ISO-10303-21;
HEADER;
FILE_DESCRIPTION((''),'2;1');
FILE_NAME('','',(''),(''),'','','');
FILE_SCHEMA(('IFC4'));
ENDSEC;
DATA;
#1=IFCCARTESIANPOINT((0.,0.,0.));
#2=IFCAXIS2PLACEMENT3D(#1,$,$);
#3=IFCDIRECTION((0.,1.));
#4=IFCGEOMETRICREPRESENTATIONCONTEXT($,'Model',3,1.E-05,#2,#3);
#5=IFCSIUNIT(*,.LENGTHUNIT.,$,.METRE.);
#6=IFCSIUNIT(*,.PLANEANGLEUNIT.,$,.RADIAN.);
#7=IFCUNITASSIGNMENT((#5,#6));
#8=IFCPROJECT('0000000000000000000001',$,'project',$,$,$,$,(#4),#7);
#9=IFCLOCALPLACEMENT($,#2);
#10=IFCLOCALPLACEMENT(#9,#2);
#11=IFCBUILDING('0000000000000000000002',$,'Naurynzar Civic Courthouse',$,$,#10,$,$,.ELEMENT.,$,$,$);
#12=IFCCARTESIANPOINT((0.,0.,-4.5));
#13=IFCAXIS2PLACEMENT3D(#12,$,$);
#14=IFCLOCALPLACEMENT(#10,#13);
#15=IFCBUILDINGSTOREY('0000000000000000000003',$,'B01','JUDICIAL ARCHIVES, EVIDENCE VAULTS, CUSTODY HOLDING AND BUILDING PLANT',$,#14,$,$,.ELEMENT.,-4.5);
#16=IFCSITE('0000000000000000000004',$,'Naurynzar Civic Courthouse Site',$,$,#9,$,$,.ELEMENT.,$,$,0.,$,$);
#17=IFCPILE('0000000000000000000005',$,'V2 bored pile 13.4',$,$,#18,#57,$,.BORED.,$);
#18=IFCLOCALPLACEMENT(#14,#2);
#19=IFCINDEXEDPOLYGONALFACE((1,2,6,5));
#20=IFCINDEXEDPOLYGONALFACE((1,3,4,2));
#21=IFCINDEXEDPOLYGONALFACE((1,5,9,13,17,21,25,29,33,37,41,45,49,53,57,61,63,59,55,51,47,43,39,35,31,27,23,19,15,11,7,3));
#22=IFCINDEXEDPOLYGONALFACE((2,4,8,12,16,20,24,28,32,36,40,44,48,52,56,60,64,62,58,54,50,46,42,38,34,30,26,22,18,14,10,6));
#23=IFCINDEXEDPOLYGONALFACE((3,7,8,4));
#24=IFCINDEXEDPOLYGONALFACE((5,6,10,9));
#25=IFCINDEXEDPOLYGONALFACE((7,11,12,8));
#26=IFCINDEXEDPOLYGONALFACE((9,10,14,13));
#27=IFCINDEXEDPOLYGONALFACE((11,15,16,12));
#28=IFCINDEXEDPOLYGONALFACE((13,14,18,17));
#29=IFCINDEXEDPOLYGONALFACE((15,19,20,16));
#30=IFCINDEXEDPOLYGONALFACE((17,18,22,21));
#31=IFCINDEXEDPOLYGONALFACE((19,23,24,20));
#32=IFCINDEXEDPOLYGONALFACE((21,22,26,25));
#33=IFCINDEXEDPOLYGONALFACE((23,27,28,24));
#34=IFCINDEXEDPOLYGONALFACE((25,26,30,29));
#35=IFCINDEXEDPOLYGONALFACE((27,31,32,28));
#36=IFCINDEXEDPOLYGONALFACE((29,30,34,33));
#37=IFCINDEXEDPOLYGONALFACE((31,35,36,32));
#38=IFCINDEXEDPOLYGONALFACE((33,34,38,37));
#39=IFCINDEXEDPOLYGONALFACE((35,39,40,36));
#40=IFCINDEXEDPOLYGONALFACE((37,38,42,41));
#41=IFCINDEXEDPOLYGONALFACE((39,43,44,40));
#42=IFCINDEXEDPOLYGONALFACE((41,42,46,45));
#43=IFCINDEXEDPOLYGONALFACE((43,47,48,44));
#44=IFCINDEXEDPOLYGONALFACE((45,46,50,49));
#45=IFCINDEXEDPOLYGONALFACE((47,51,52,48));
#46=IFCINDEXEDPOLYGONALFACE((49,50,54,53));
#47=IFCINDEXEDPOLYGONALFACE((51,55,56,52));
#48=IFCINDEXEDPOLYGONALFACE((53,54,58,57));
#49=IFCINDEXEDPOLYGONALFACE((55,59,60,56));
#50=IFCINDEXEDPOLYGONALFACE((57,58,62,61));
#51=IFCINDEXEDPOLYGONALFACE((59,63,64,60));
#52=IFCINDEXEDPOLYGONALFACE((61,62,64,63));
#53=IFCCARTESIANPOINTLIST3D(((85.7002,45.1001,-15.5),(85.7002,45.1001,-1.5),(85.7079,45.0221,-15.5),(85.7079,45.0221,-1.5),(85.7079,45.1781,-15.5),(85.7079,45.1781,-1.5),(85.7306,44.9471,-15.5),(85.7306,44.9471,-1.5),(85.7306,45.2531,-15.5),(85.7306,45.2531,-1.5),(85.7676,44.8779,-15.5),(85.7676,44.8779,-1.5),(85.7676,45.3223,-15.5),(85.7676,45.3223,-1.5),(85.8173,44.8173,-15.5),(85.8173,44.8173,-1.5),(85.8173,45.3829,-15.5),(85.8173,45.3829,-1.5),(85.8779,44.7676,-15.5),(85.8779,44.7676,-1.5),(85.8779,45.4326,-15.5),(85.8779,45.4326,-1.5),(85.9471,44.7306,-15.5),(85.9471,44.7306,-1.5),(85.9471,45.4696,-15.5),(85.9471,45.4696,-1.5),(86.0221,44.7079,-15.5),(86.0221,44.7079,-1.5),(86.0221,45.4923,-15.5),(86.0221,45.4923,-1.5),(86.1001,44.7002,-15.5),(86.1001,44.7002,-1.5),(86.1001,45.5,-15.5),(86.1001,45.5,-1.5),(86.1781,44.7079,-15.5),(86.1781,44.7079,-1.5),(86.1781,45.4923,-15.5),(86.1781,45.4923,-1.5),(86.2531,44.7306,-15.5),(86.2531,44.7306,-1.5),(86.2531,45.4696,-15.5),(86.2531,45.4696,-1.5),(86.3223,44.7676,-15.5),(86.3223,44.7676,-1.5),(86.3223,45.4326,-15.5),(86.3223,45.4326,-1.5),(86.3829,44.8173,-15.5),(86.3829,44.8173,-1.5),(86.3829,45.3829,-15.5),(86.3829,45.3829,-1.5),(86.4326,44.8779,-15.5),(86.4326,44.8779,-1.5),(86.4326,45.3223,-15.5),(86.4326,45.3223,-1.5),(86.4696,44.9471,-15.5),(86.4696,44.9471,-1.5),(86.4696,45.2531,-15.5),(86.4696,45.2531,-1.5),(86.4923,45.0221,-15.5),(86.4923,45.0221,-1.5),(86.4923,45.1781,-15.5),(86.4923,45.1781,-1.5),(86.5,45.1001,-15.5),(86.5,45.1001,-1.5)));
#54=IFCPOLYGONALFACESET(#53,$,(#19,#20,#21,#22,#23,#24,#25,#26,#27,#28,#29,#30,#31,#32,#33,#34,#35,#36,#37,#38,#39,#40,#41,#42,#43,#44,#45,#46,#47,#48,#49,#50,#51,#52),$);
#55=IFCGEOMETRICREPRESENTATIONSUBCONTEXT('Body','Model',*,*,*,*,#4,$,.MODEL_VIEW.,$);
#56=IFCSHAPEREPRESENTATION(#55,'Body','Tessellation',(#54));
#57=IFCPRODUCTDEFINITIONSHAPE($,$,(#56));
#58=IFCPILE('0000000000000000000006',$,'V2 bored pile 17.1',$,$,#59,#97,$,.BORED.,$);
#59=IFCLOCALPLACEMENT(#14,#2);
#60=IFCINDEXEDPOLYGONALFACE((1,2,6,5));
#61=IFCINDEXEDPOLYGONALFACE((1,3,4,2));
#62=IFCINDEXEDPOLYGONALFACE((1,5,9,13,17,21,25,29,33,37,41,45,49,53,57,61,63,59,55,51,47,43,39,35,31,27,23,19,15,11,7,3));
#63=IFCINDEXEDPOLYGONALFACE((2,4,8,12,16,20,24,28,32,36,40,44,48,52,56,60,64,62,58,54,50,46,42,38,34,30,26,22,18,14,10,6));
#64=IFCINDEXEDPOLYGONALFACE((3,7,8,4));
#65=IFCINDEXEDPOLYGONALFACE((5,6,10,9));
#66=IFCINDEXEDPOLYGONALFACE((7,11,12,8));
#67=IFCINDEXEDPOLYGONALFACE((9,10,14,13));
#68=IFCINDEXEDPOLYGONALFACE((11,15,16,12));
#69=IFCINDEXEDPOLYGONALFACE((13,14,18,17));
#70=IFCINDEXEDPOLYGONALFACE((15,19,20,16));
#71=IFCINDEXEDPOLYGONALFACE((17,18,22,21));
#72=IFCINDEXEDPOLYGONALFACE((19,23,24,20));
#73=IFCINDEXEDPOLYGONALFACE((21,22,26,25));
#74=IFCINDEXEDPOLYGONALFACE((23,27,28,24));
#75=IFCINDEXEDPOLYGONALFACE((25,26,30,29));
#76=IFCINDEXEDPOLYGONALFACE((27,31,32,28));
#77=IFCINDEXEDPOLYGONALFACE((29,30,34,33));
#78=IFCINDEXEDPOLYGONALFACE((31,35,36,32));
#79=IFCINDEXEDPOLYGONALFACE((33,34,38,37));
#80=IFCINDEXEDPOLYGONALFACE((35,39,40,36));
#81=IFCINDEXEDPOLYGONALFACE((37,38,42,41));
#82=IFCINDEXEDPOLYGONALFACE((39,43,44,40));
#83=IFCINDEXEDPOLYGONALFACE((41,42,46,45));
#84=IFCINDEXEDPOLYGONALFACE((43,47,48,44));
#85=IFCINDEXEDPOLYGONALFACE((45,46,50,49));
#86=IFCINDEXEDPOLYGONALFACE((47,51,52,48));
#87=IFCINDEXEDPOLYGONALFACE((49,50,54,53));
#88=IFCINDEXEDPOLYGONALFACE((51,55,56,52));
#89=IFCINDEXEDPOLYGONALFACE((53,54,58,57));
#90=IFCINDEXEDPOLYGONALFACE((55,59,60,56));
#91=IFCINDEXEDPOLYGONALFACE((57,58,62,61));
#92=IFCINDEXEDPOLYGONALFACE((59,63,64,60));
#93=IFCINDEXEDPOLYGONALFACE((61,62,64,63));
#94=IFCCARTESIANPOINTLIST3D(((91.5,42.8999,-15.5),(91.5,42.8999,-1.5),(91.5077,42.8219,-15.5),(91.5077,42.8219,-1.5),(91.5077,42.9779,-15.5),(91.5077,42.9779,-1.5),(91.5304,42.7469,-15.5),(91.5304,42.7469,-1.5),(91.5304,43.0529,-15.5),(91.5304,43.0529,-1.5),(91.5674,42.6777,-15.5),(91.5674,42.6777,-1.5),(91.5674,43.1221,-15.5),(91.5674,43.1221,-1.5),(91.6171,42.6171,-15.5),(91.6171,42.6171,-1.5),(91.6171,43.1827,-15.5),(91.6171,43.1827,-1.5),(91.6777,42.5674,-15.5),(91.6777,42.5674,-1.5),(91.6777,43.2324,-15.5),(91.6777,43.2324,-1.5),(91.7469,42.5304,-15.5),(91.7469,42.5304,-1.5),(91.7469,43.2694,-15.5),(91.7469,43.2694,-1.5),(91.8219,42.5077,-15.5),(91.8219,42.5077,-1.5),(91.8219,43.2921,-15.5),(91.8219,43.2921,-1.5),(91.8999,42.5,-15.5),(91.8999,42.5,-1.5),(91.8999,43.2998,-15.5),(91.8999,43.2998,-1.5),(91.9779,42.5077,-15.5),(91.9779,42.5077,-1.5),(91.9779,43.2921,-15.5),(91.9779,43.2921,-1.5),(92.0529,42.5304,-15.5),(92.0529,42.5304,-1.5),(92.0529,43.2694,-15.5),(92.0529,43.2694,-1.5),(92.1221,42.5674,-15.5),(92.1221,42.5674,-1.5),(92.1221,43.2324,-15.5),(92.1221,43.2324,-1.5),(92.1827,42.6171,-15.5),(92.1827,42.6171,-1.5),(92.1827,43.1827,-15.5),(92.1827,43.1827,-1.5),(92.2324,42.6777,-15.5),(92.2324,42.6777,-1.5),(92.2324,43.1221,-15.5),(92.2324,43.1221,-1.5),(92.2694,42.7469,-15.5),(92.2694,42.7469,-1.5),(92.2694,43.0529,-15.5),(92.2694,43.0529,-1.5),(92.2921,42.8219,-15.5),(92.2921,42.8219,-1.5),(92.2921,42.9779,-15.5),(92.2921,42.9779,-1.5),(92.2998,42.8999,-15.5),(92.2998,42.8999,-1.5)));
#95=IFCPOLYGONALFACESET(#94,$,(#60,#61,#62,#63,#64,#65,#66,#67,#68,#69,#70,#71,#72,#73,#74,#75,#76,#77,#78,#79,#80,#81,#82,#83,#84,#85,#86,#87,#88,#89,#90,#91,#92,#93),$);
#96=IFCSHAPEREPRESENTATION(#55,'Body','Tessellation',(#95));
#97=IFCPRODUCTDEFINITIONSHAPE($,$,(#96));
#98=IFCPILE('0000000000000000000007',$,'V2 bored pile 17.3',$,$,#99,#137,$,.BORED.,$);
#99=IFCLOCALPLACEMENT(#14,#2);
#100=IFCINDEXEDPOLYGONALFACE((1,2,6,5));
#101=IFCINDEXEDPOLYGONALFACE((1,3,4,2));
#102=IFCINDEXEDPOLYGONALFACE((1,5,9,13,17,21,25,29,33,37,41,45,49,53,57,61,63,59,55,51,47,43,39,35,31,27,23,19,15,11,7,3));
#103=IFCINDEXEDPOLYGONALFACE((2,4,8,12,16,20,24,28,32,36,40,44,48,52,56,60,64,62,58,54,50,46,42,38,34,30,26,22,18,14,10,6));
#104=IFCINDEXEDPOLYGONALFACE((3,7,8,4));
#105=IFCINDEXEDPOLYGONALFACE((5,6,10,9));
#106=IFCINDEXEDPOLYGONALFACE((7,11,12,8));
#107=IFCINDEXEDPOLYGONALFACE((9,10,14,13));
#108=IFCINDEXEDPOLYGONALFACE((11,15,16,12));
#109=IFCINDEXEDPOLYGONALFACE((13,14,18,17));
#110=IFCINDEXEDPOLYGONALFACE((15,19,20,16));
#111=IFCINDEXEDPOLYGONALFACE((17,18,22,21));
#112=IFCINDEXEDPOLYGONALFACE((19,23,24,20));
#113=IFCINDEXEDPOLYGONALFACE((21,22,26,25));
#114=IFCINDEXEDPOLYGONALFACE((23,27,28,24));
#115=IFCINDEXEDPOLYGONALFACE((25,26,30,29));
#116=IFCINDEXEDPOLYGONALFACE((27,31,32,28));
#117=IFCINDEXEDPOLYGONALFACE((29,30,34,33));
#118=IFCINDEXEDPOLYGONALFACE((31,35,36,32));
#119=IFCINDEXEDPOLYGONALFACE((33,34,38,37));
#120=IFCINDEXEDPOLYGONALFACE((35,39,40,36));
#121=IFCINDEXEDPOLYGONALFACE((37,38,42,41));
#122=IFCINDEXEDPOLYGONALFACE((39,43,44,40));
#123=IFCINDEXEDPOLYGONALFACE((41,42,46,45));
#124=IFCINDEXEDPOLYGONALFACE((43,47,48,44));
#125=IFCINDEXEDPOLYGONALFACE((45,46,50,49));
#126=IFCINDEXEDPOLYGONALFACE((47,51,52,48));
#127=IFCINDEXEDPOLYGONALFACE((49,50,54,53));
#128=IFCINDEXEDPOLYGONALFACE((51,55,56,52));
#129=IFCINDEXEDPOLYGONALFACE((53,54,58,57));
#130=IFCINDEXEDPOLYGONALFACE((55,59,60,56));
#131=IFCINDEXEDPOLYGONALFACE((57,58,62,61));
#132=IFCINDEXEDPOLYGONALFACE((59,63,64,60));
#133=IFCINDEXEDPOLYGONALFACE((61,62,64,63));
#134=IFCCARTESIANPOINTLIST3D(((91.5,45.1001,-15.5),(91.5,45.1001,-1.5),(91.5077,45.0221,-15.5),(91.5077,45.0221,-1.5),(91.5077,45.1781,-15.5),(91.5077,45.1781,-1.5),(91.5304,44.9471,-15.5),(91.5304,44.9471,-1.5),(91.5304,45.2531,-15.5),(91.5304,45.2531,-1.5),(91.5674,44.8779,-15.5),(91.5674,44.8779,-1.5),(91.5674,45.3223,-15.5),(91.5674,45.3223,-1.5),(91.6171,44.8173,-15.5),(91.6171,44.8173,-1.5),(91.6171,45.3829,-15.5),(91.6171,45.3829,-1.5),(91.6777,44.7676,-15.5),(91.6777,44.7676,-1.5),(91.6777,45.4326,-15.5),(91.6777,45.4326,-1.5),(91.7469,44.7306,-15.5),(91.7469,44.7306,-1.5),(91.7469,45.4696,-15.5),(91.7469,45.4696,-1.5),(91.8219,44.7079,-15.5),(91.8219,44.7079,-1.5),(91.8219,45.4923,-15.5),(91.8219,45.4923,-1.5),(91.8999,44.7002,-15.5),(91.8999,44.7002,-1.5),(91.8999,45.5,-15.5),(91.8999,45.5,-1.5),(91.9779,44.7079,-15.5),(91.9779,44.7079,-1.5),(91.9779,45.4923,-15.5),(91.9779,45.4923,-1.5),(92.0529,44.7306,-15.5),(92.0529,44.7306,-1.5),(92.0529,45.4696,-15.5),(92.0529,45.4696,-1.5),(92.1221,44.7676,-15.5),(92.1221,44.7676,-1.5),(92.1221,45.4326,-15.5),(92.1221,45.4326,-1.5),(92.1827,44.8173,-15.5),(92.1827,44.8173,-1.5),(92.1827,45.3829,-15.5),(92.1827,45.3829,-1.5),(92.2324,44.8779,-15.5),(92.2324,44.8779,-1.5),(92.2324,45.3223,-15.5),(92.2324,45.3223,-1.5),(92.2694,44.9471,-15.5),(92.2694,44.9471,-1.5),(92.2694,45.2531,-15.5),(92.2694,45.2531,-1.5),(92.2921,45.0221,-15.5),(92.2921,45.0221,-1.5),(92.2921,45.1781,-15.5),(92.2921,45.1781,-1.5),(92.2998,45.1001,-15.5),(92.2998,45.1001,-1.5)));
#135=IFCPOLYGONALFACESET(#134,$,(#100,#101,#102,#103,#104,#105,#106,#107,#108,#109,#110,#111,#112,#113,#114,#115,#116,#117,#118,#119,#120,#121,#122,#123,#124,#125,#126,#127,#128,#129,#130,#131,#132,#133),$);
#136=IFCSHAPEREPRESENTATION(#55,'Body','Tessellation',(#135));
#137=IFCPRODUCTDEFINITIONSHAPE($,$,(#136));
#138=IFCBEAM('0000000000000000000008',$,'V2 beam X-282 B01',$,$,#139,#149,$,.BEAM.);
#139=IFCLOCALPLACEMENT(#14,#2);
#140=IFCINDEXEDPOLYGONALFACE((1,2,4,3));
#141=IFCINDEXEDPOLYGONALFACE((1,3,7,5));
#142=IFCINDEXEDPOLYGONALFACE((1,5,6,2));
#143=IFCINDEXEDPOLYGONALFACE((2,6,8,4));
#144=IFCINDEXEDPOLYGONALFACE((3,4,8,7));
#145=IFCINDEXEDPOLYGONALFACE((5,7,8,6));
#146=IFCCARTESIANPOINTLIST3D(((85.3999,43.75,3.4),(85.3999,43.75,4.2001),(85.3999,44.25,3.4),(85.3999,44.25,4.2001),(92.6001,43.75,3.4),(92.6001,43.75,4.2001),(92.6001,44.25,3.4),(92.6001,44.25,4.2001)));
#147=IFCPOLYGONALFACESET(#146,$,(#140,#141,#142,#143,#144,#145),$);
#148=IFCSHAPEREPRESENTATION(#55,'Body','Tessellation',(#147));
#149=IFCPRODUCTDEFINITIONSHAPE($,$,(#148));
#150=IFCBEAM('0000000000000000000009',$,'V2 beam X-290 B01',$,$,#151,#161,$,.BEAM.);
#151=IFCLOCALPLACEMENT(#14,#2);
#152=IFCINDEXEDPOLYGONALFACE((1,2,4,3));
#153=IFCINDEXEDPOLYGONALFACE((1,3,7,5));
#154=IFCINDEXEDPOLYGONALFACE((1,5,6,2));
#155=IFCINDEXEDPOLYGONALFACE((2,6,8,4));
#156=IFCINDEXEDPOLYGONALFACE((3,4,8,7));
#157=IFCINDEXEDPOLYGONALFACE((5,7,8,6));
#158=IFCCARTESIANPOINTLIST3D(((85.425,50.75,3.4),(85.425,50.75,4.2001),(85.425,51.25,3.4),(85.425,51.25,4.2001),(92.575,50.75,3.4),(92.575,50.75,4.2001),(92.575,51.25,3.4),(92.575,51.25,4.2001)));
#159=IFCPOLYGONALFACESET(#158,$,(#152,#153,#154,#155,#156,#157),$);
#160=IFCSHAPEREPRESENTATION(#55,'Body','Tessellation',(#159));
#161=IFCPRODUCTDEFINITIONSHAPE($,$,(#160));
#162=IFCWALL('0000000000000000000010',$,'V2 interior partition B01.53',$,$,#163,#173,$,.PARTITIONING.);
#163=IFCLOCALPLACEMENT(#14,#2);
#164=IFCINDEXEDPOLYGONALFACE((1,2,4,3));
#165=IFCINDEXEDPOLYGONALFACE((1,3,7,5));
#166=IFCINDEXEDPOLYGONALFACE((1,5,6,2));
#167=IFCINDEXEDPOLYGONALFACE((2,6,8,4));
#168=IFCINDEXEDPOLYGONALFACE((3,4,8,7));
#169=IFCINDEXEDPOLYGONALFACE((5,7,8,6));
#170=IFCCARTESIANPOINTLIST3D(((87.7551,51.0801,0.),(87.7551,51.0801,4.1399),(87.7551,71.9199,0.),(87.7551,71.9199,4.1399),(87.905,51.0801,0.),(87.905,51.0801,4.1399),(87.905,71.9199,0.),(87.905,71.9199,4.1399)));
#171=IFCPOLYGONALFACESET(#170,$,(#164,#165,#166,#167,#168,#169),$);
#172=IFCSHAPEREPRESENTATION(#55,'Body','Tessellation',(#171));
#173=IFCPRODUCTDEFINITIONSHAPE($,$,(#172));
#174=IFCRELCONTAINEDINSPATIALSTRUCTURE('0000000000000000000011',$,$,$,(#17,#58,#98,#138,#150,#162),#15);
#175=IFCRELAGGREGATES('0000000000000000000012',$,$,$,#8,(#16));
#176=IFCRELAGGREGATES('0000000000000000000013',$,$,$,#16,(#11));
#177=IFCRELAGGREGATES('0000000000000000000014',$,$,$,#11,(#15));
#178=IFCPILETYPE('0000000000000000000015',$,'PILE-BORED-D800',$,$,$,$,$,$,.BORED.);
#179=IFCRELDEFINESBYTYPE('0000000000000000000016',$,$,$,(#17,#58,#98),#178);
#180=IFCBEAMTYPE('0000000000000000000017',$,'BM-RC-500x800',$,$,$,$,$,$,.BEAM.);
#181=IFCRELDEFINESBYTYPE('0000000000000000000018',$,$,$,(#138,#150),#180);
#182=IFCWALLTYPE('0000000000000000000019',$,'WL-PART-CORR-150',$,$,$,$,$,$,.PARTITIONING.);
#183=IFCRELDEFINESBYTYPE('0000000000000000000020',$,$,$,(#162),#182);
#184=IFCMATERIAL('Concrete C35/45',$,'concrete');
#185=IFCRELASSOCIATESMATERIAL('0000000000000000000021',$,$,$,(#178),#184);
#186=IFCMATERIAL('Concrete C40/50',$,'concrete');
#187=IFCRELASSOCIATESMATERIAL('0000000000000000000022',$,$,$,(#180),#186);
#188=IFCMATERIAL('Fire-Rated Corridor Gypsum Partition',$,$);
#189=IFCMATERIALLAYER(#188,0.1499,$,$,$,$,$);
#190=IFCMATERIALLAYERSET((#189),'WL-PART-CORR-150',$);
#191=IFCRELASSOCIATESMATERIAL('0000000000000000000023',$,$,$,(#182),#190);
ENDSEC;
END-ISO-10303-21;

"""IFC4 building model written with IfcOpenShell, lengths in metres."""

from ifc_helpers import new_model, si_unit, direction, frame, frame_2d, origin, origin_2d, place, context, subcontext, project, spatial, rectangle, circle, extrude, material, layer, layer_set, material_profile, profile_set, type_object, element, save


model = new_model("IFC4")

# Units and contexts
model_context = context("Model", 3, precision=1e-05, world=origin(), true_north=direction((0.0, 1.0)))
body_context = subcontext(model_context, "Body", "Model", "MODEL_VIEW")
ifc_project = project(units=[si_unit("LENGTHUNIT", "METRE"), si_unit("PLANEANGLEUNIT", "RADIAN")], contexts=[model_context])

# Site, building, storey
site_placement = place(None, origin())
site = spatial("IfcSite", under=ifc_project, at=site_placement, Name="Naurynzar Civic Courthouse Site", CompositionType="ELEMENT", RefElevation=0.0)
building_placement = place(site_placement, origin())
building = spatial("IfcBuilding", under=site, at=building_placement, Name="Naurynzar Civic Courthouse", CompositionType="ELEMENT")
storey_placement = place(building_placement, frame((0.0, 0.0, -4.5)))
storey = spatial("IfcBuildingStorey", under=building, at=storey_placement, Name="B01", Description="JUDICIAL ARCHIVES, EVIDENCE VAULTS, CUSTODY HOLDING AND BUILDING PLANT", CompositionType="ELEMENT", Elevation=-4.5)

# Piles
ifc_material_1 = material(Name="Concrete C35/45", Category="concrete")
ifc_material_profile_1 = material_profile(ifc_material_1, circle(Radius=0.3999, at=origin_2d()), Name="PILE D800")
ifc_profile_set_1 = profile_set([ifc_material_profile_1], Name="Concrete C35/45")
pile_type_1 = type_object("IfcPileType", Name="PILE-BORED-D800", PredefinedType="BORED", material=ifc_profile_set_1)
for number, where, z_axis, x_axis, name in (
    (1, (86.1001, 45.1001, -1.5), (0.0, 0.0, -1.0), (1.0, 0.0, 0.0), "V2 bored pile 13.4"),
    (2, (91.8999, 42.8999, -1.5), (0.0, 0.0, -1.0), (1.0, 0.0, 0.0), "V2 bored pile 17.1"),
    (3, (91.8999, 45.1001, -1.5), (0.0, 0.0, -1.0), (1.0, 0.0, 0.0), "V2 bored pile 17.3"),
):
    element("IfcPile", number, at=place(storey_placement, frame(where, z_axis=z_axis, x_axis=x_axis)), inside=storey, type_object=pile_type_1, Name=name, PredefinedType="BORED", context=body_context, shape_type="SweptSolid", body=[
        extrude(circle(Radius=0.3999, at=origin_2d()), origin(), (0.0, 0.0, 1.0), 14.0),
    ])

# Beams
ifc_material_2 = material(Name="Concrete C40/50", Category="concrete")
ifc_material_profile_2 = material_profile(ifc_material_2, rectangle(XDim=0.5, YDim=0.8, at=origin_2d()), Name="RCB 500x800")
ifc_profile_set_2 = profile_set([ifc_material_profile_2], Name="Concrete C40/50")
beam_type = type_object("IfcBeamType", Name="BM-RC-500x800", PredefinedType="BEAM", material=ifc_profile_set_2)
beam_1_placement = place(storey_placement, frame((85.3999, 44.0, 3.8), z_axis=(1.0, 0.0, 0.0), x_axis=(0.0, 1.0, 0.0)))
element("IfcBeam", 4, at=beam_1_placement, inside=storey, type_object=beam_type, Name="V2 beam X-282 B01", PredefinedType="BEAM", context=body_context, shape_type="SweptSolid", body=[
    extrude(rectangle(XDim=0.5, YDim=0.8, at=origin_2d()), origin(), (0.0, 0.0, 1.0), 7.2002),
])
beam_2_placement = place(storey_placement, frame((85.425, 51.0, 3.8), z_axis=(1.0, 0.0, 0.0), x_axis=(0.0, 1.0, 0.0)))
element("IfcBeam", 5, at=beam_2_placement, inside=storey, type_object=beam_type, Name="V2 beam X-290 B01", PredefinedType="BEAM", context=body_context, shape_type="SweptSolid", body=[
    extrude(rectangle(XDim=0.5, YDim=0.8, at=origin_2d()), origin(), (0.0, 0.0, 1.0), 7.1499),
])

# Wall
ifc_material_3 = material(Name="Fire-Rated Corridor Gypsum Partition")
ifc_layer_1 = layer(ifc_material_3, 0.1499)
ifc_layer_set_1 = layer_set([ifc_layer_1], Name="WL-PART-CORR-150")
wall_type_1 = type_object("IfcWallType", Name="WL-PART-CORR-150", PredefinedType="PARTITIONING", material=ifc_layer_set_1)
wall_1_placement = place(storey_placement, frame((87.8301, 51.0801, 0.0), z_axis=(0.0, 0.0, 1.0), x_axis=(0.0, 1.0, 0.0)))
element("IfcWall", 6, at=wall_1_placement, inside=storey, type_object=wall_type_1, Name="V2 interior partition B01.53", PredefinedType="PARTITIONING", context=body_context, shape_type="SweptSolid", body=[
    extrude(rectangle(XDim=20.8398, YDim=0.1499, at=frame_2d((10.4199, 0.0))), origin(), (0.0, 0.0, 1.0), 4.1399),
])

save(model, "model.ifc")
